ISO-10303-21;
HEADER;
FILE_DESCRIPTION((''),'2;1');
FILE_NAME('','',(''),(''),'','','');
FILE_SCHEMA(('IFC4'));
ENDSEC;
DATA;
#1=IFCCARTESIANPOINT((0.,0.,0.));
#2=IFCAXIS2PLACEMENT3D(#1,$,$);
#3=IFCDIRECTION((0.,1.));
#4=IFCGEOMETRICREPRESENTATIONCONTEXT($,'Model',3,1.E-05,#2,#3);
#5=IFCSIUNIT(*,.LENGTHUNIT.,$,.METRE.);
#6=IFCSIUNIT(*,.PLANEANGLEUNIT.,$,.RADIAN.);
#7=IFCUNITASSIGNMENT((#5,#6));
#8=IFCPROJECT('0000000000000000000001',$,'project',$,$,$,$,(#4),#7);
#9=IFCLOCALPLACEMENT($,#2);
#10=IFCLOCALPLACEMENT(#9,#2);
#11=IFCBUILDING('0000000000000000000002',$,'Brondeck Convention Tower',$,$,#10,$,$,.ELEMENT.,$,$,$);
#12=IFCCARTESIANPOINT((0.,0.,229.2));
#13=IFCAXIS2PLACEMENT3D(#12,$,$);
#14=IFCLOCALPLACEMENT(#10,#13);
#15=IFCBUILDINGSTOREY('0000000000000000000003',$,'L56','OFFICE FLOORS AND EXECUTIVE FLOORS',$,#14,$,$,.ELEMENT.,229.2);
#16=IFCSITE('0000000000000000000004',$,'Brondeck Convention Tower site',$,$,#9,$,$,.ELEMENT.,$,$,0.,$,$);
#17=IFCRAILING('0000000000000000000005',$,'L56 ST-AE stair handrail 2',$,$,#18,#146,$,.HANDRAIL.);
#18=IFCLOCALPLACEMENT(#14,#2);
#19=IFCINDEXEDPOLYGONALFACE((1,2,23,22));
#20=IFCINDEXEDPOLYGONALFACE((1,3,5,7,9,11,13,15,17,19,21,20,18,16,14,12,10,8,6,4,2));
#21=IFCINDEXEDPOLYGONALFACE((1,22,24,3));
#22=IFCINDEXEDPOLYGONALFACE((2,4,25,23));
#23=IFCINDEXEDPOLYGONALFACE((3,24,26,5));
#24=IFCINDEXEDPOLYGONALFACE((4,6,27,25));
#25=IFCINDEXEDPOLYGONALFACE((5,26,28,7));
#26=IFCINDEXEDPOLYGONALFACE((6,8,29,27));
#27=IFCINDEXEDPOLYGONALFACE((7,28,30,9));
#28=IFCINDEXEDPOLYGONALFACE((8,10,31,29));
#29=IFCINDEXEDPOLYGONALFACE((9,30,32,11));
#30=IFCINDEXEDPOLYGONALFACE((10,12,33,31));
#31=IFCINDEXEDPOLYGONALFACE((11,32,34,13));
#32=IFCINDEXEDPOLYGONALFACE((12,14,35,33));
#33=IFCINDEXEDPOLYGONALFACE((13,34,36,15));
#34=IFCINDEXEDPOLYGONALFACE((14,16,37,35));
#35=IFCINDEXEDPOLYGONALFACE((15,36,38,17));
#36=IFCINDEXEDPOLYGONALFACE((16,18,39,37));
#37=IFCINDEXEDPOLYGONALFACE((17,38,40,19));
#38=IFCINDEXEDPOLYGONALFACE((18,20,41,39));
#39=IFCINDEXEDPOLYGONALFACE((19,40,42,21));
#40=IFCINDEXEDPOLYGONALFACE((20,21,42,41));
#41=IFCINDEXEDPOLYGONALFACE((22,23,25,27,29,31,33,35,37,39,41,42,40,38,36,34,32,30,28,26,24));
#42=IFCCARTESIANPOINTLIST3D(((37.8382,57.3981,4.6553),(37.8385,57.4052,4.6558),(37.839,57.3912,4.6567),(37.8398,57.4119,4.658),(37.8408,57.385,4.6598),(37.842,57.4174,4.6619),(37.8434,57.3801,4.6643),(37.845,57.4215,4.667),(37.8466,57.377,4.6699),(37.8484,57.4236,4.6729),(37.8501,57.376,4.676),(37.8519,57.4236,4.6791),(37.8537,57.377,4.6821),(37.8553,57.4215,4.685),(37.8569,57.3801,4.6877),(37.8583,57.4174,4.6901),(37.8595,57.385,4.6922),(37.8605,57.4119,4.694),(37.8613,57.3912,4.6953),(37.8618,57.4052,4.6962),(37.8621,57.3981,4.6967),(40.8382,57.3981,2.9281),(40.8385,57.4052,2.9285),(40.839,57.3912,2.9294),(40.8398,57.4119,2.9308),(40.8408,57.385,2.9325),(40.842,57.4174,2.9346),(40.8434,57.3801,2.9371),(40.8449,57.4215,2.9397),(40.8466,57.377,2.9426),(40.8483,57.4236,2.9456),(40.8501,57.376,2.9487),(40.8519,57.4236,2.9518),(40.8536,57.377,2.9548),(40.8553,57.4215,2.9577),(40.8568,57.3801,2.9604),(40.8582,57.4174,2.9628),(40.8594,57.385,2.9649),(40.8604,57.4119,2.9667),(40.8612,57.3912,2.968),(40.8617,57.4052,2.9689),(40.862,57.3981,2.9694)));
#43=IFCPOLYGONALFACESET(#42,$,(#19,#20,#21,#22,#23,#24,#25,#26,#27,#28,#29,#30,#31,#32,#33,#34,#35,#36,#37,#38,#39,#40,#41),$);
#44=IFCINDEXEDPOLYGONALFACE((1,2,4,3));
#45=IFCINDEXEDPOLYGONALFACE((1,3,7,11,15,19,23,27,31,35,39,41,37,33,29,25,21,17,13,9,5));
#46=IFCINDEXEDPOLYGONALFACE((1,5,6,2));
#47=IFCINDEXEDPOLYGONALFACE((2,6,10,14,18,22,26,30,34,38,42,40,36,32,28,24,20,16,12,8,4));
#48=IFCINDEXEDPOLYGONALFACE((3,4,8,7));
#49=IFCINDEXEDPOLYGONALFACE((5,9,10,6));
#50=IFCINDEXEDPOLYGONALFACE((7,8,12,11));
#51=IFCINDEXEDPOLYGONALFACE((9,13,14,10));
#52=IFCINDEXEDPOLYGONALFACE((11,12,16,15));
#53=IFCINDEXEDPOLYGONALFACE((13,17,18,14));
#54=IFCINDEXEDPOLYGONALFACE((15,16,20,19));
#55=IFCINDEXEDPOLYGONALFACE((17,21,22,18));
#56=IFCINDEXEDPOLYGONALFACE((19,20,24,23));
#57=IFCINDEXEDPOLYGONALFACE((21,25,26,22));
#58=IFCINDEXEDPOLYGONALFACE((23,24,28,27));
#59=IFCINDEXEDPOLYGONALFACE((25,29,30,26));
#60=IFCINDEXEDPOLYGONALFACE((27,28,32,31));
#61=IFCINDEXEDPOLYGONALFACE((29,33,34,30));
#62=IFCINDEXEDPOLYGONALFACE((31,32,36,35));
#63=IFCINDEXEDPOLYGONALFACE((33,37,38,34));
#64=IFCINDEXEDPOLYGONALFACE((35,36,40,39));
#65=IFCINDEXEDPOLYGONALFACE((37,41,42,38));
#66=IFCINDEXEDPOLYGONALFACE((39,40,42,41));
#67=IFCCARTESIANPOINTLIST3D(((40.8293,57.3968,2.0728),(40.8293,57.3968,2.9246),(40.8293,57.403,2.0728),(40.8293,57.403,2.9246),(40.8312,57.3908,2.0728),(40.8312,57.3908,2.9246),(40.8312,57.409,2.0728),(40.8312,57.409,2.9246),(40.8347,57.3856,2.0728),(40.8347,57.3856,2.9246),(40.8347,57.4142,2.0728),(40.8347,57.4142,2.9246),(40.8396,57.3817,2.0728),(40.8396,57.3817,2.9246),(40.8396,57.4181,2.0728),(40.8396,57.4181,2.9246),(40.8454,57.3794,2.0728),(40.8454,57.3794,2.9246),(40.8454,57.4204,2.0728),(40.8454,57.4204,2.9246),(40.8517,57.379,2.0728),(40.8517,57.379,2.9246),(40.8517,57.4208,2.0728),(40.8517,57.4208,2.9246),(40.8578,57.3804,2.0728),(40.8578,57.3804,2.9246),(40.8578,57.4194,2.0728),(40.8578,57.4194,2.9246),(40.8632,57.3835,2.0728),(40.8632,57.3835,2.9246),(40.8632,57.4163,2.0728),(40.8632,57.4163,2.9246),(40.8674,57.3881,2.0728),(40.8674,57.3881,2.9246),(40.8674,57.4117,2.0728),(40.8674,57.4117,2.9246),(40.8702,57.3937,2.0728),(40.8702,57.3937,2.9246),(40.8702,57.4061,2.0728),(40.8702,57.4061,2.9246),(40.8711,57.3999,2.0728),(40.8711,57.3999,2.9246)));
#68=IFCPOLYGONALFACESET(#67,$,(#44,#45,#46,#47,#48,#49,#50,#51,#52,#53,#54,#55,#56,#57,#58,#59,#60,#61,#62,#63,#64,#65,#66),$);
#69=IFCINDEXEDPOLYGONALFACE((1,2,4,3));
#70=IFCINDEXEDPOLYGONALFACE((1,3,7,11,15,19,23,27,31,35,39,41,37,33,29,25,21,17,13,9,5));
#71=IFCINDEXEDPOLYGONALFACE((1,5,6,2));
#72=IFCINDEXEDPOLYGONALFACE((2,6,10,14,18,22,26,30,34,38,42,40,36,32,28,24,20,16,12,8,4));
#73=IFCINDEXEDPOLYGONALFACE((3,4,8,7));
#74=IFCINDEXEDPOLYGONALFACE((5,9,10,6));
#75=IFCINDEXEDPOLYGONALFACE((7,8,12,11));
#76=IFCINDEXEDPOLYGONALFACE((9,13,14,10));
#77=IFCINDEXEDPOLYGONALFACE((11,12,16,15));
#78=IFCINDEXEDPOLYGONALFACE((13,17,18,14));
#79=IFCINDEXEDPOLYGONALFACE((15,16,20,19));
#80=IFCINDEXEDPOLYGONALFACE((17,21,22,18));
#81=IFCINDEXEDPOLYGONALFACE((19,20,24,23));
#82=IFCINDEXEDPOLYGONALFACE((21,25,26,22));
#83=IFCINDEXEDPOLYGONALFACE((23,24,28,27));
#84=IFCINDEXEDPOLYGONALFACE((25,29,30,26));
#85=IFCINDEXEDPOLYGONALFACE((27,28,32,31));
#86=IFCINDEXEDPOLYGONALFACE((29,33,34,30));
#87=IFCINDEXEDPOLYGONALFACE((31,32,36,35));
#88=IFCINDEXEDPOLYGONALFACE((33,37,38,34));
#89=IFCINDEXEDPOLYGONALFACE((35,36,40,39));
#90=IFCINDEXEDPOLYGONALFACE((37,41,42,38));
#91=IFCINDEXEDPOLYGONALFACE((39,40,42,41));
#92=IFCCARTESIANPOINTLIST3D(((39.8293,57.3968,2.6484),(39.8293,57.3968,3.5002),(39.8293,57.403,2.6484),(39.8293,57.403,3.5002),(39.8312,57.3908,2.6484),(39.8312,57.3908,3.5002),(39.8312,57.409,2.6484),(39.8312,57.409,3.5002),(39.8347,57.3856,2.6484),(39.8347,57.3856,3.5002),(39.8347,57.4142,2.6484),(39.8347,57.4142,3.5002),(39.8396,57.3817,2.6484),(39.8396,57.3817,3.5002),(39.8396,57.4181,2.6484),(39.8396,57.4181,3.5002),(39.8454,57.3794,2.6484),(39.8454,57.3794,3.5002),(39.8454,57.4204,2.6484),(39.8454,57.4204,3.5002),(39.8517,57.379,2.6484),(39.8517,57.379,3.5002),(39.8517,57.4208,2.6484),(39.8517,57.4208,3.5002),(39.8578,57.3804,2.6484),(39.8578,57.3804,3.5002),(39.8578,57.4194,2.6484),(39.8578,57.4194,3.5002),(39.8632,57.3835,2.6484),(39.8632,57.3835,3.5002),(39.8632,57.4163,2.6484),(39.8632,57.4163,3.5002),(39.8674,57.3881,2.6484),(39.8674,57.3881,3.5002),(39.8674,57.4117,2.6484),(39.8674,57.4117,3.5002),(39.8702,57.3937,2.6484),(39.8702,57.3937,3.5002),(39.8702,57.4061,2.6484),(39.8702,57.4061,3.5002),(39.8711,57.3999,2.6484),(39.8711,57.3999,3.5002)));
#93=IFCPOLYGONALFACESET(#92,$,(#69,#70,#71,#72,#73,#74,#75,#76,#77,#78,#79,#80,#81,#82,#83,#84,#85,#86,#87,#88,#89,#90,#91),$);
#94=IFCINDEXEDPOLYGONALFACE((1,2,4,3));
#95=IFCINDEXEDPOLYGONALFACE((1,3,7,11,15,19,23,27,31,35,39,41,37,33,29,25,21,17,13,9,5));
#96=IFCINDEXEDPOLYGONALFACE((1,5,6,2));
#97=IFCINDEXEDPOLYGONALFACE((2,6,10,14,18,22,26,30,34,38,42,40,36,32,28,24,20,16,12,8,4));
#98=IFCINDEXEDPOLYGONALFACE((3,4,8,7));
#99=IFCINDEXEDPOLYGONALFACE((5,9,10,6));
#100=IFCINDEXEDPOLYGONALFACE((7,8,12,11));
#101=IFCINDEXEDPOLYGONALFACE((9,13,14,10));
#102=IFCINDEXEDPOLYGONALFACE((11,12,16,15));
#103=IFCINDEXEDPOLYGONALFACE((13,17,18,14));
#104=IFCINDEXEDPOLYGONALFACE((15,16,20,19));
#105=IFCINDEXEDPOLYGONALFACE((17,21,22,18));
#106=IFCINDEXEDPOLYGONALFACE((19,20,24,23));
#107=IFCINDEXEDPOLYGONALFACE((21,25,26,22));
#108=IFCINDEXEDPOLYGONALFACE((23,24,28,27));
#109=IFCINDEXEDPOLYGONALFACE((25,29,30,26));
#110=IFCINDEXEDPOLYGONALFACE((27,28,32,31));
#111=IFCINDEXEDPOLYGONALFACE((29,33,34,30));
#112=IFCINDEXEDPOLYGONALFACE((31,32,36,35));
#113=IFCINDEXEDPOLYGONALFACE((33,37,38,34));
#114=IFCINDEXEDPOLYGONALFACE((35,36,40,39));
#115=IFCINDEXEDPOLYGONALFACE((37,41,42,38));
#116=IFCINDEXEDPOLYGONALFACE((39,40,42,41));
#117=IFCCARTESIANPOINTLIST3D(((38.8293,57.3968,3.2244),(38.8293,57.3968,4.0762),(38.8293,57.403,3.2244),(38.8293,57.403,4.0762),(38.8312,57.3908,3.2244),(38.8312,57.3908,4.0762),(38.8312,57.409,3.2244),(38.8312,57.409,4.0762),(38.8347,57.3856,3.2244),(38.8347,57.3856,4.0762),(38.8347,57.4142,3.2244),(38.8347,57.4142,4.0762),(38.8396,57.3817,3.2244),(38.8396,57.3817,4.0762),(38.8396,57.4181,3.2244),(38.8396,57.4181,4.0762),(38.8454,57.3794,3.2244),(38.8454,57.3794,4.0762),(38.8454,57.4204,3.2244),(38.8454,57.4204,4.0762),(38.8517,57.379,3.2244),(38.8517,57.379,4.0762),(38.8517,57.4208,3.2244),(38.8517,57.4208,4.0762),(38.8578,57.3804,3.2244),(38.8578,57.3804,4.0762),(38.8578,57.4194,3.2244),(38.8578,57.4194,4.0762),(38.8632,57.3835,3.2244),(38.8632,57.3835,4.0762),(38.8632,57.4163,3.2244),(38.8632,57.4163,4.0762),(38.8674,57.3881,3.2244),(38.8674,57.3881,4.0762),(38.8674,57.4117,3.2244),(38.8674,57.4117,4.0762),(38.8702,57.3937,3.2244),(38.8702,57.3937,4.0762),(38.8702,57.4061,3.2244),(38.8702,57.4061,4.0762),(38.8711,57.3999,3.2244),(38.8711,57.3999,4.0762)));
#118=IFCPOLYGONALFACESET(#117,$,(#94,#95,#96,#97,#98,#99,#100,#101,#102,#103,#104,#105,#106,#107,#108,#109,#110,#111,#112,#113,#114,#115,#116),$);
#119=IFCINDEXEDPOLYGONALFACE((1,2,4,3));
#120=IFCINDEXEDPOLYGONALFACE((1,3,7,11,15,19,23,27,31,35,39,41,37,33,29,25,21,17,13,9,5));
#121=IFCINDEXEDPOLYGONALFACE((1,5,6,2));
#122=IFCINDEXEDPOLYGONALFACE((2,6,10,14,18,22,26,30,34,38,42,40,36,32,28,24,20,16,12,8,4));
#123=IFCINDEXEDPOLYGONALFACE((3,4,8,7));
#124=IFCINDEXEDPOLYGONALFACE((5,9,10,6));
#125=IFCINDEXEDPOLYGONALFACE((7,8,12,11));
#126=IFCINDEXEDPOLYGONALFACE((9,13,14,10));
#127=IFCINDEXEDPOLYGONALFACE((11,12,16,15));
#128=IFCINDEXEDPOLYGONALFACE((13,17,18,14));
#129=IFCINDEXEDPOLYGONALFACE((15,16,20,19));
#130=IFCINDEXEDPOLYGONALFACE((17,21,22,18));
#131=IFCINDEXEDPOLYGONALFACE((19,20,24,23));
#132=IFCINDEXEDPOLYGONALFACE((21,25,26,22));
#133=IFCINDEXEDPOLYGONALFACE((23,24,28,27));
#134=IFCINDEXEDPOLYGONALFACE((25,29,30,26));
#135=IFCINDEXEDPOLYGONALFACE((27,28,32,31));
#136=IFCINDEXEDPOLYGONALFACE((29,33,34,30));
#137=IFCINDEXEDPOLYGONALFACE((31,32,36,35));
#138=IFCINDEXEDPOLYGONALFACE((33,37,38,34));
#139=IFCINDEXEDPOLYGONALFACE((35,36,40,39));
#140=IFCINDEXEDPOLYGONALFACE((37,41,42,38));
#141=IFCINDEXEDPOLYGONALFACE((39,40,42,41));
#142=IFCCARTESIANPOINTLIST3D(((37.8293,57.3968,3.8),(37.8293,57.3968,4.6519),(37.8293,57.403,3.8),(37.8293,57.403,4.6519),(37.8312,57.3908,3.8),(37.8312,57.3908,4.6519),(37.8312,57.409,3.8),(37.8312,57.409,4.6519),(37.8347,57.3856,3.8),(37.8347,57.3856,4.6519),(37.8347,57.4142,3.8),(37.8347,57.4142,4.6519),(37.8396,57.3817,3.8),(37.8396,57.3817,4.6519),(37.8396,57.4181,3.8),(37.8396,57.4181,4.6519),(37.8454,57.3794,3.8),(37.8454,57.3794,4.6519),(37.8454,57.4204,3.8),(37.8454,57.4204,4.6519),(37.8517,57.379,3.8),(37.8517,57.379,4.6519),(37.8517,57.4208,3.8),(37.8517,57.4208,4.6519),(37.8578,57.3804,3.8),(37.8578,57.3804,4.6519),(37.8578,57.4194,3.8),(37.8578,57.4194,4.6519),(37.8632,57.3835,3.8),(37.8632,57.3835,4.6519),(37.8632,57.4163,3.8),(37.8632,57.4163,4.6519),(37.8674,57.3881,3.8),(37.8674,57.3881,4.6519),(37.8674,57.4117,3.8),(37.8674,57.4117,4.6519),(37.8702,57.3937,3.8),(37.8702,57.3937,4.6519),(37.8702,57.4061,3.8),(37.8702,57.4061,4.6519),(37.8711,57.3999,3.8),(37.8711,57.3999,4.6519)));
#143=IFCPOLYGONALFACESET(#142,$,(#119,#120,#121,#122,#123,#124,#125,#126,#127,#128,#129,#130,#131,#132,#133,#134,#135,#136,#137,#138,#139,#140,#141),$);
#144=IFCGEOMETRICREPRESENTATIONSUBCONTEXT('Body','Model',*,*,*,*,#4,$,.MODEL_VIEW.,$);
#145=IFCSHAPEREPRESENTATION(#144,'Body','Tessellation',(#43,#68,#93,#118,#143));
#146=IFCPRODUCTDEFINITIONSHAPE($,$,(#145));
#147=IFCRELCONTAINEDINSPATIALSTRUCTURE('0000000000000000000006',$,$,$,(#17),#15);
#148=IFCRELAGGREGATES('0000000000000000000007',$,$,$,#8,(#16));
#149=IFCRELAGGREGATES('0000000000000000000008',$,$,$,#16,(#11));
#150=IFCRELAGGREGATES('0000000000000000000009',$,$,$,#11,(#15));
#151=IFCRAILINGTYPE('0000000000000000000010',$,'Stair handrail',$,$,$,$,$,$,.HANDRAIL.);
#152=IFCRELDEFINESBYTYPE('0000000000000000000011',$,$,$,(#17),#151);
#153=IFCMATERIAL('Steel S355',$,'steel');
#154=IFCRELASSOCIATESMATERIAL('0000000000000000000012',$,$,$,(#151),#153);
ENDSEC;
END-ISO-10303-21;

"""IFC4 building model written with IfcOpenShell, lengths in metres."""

from ifc_helpers import new_model, si_unit, direction, frame, origin, origin_2d, place, context, subcontext, project, spatial, circle, extrude, material, type_object, element, save


model = new_model("IFC4")

# Units and contexts
model_context = context("Model", 3, precision=1e-05, world=origin(), true_north=direction((0.0, 1.0)))
body_context = subcontext(model_context, "Body", "Model", "MODEL_VIEW")
ifc_project = project(units=[si_unit("LENGTHUNIT", "METRE"), si_unit("PLANEANGLEUNIT", "RADIAN")], contexts=[model_context])

# Site, building, storey
site_placement = place(None, origin())
site = spatial("IfcSite", under=ifc_project, at=site_placement, Name="Brondeck Convention Tower site", CompositionType="ELEMENT", RefElevation=0.0)
building_placement = place(site_placement, origin())
building = spatial("IfcBuilding", under=site, at=building_placement, Name="Brondeck Convention Tower", CompositionType="ELEMENT")
storey_placement = place(building_placement, frame((0.0, 0.0, 229.2)))
storey = spatial("IfcBuildingStorey", under=building, at=storey_placement, Name="L56", Description="OFFICE FLOORS AND EXECUTIVE FLOORS", CompositionType="ELEMENT", Elevation=229.2)

# Shared definitions
ifc_material_1 = material(Name="Steel S355", Category="steel")

# Railing
railing_type_1 = type_object("IfcRailingType", Name="Stair handrail", PredefinedType="HANDRAIL", material=ifc_material_1)
railing_1_placement = place(storey_placement, frame((40.8501, 57.3999, 2.0728)))
element("IfcRailing", 1, at=railing_1_placement, inside=storey, type_object=railing_type_1, Name="L56 ST-AE stair handrail 2", PredefinedType="HANDRAIL", context=body_context, shape_type="SweptSolid", body=[
    extrude(circle(Radius=0.0239, at=origin_2d()), frame((0.0, 0.0, 0.876), z_axis=(-0.86662, 0.0, 0.498969), x_axis=(0.0, -1.0, 0.0)), (0.0, 0.0, 1.0), 3.4617),
    extrude(circle(Radius=0.021, at=origin_2d()), origin(), (0.0, 0.0, 1.0), 0.8518),
    extrude(circle(Radius=0.021, at=origin_2d()), frame((-1.0, 0.0, 0.5757)), (0.0, 0.0, 1.0), 0.8518),
    extrude(circle(Radius=0.021, at=origin_2d()), frame((-2.0, 0.0, 1.1516)), (0.0, 0.0, 1.0), 0.8518),
    extrude(circle(Radius=0.021, at=origin_2d()), frame((-3.0, 0.0, 1.7273)), (0.0, 0.0, 1.0), 0.8518),
])

save(model, "model.ifc")
